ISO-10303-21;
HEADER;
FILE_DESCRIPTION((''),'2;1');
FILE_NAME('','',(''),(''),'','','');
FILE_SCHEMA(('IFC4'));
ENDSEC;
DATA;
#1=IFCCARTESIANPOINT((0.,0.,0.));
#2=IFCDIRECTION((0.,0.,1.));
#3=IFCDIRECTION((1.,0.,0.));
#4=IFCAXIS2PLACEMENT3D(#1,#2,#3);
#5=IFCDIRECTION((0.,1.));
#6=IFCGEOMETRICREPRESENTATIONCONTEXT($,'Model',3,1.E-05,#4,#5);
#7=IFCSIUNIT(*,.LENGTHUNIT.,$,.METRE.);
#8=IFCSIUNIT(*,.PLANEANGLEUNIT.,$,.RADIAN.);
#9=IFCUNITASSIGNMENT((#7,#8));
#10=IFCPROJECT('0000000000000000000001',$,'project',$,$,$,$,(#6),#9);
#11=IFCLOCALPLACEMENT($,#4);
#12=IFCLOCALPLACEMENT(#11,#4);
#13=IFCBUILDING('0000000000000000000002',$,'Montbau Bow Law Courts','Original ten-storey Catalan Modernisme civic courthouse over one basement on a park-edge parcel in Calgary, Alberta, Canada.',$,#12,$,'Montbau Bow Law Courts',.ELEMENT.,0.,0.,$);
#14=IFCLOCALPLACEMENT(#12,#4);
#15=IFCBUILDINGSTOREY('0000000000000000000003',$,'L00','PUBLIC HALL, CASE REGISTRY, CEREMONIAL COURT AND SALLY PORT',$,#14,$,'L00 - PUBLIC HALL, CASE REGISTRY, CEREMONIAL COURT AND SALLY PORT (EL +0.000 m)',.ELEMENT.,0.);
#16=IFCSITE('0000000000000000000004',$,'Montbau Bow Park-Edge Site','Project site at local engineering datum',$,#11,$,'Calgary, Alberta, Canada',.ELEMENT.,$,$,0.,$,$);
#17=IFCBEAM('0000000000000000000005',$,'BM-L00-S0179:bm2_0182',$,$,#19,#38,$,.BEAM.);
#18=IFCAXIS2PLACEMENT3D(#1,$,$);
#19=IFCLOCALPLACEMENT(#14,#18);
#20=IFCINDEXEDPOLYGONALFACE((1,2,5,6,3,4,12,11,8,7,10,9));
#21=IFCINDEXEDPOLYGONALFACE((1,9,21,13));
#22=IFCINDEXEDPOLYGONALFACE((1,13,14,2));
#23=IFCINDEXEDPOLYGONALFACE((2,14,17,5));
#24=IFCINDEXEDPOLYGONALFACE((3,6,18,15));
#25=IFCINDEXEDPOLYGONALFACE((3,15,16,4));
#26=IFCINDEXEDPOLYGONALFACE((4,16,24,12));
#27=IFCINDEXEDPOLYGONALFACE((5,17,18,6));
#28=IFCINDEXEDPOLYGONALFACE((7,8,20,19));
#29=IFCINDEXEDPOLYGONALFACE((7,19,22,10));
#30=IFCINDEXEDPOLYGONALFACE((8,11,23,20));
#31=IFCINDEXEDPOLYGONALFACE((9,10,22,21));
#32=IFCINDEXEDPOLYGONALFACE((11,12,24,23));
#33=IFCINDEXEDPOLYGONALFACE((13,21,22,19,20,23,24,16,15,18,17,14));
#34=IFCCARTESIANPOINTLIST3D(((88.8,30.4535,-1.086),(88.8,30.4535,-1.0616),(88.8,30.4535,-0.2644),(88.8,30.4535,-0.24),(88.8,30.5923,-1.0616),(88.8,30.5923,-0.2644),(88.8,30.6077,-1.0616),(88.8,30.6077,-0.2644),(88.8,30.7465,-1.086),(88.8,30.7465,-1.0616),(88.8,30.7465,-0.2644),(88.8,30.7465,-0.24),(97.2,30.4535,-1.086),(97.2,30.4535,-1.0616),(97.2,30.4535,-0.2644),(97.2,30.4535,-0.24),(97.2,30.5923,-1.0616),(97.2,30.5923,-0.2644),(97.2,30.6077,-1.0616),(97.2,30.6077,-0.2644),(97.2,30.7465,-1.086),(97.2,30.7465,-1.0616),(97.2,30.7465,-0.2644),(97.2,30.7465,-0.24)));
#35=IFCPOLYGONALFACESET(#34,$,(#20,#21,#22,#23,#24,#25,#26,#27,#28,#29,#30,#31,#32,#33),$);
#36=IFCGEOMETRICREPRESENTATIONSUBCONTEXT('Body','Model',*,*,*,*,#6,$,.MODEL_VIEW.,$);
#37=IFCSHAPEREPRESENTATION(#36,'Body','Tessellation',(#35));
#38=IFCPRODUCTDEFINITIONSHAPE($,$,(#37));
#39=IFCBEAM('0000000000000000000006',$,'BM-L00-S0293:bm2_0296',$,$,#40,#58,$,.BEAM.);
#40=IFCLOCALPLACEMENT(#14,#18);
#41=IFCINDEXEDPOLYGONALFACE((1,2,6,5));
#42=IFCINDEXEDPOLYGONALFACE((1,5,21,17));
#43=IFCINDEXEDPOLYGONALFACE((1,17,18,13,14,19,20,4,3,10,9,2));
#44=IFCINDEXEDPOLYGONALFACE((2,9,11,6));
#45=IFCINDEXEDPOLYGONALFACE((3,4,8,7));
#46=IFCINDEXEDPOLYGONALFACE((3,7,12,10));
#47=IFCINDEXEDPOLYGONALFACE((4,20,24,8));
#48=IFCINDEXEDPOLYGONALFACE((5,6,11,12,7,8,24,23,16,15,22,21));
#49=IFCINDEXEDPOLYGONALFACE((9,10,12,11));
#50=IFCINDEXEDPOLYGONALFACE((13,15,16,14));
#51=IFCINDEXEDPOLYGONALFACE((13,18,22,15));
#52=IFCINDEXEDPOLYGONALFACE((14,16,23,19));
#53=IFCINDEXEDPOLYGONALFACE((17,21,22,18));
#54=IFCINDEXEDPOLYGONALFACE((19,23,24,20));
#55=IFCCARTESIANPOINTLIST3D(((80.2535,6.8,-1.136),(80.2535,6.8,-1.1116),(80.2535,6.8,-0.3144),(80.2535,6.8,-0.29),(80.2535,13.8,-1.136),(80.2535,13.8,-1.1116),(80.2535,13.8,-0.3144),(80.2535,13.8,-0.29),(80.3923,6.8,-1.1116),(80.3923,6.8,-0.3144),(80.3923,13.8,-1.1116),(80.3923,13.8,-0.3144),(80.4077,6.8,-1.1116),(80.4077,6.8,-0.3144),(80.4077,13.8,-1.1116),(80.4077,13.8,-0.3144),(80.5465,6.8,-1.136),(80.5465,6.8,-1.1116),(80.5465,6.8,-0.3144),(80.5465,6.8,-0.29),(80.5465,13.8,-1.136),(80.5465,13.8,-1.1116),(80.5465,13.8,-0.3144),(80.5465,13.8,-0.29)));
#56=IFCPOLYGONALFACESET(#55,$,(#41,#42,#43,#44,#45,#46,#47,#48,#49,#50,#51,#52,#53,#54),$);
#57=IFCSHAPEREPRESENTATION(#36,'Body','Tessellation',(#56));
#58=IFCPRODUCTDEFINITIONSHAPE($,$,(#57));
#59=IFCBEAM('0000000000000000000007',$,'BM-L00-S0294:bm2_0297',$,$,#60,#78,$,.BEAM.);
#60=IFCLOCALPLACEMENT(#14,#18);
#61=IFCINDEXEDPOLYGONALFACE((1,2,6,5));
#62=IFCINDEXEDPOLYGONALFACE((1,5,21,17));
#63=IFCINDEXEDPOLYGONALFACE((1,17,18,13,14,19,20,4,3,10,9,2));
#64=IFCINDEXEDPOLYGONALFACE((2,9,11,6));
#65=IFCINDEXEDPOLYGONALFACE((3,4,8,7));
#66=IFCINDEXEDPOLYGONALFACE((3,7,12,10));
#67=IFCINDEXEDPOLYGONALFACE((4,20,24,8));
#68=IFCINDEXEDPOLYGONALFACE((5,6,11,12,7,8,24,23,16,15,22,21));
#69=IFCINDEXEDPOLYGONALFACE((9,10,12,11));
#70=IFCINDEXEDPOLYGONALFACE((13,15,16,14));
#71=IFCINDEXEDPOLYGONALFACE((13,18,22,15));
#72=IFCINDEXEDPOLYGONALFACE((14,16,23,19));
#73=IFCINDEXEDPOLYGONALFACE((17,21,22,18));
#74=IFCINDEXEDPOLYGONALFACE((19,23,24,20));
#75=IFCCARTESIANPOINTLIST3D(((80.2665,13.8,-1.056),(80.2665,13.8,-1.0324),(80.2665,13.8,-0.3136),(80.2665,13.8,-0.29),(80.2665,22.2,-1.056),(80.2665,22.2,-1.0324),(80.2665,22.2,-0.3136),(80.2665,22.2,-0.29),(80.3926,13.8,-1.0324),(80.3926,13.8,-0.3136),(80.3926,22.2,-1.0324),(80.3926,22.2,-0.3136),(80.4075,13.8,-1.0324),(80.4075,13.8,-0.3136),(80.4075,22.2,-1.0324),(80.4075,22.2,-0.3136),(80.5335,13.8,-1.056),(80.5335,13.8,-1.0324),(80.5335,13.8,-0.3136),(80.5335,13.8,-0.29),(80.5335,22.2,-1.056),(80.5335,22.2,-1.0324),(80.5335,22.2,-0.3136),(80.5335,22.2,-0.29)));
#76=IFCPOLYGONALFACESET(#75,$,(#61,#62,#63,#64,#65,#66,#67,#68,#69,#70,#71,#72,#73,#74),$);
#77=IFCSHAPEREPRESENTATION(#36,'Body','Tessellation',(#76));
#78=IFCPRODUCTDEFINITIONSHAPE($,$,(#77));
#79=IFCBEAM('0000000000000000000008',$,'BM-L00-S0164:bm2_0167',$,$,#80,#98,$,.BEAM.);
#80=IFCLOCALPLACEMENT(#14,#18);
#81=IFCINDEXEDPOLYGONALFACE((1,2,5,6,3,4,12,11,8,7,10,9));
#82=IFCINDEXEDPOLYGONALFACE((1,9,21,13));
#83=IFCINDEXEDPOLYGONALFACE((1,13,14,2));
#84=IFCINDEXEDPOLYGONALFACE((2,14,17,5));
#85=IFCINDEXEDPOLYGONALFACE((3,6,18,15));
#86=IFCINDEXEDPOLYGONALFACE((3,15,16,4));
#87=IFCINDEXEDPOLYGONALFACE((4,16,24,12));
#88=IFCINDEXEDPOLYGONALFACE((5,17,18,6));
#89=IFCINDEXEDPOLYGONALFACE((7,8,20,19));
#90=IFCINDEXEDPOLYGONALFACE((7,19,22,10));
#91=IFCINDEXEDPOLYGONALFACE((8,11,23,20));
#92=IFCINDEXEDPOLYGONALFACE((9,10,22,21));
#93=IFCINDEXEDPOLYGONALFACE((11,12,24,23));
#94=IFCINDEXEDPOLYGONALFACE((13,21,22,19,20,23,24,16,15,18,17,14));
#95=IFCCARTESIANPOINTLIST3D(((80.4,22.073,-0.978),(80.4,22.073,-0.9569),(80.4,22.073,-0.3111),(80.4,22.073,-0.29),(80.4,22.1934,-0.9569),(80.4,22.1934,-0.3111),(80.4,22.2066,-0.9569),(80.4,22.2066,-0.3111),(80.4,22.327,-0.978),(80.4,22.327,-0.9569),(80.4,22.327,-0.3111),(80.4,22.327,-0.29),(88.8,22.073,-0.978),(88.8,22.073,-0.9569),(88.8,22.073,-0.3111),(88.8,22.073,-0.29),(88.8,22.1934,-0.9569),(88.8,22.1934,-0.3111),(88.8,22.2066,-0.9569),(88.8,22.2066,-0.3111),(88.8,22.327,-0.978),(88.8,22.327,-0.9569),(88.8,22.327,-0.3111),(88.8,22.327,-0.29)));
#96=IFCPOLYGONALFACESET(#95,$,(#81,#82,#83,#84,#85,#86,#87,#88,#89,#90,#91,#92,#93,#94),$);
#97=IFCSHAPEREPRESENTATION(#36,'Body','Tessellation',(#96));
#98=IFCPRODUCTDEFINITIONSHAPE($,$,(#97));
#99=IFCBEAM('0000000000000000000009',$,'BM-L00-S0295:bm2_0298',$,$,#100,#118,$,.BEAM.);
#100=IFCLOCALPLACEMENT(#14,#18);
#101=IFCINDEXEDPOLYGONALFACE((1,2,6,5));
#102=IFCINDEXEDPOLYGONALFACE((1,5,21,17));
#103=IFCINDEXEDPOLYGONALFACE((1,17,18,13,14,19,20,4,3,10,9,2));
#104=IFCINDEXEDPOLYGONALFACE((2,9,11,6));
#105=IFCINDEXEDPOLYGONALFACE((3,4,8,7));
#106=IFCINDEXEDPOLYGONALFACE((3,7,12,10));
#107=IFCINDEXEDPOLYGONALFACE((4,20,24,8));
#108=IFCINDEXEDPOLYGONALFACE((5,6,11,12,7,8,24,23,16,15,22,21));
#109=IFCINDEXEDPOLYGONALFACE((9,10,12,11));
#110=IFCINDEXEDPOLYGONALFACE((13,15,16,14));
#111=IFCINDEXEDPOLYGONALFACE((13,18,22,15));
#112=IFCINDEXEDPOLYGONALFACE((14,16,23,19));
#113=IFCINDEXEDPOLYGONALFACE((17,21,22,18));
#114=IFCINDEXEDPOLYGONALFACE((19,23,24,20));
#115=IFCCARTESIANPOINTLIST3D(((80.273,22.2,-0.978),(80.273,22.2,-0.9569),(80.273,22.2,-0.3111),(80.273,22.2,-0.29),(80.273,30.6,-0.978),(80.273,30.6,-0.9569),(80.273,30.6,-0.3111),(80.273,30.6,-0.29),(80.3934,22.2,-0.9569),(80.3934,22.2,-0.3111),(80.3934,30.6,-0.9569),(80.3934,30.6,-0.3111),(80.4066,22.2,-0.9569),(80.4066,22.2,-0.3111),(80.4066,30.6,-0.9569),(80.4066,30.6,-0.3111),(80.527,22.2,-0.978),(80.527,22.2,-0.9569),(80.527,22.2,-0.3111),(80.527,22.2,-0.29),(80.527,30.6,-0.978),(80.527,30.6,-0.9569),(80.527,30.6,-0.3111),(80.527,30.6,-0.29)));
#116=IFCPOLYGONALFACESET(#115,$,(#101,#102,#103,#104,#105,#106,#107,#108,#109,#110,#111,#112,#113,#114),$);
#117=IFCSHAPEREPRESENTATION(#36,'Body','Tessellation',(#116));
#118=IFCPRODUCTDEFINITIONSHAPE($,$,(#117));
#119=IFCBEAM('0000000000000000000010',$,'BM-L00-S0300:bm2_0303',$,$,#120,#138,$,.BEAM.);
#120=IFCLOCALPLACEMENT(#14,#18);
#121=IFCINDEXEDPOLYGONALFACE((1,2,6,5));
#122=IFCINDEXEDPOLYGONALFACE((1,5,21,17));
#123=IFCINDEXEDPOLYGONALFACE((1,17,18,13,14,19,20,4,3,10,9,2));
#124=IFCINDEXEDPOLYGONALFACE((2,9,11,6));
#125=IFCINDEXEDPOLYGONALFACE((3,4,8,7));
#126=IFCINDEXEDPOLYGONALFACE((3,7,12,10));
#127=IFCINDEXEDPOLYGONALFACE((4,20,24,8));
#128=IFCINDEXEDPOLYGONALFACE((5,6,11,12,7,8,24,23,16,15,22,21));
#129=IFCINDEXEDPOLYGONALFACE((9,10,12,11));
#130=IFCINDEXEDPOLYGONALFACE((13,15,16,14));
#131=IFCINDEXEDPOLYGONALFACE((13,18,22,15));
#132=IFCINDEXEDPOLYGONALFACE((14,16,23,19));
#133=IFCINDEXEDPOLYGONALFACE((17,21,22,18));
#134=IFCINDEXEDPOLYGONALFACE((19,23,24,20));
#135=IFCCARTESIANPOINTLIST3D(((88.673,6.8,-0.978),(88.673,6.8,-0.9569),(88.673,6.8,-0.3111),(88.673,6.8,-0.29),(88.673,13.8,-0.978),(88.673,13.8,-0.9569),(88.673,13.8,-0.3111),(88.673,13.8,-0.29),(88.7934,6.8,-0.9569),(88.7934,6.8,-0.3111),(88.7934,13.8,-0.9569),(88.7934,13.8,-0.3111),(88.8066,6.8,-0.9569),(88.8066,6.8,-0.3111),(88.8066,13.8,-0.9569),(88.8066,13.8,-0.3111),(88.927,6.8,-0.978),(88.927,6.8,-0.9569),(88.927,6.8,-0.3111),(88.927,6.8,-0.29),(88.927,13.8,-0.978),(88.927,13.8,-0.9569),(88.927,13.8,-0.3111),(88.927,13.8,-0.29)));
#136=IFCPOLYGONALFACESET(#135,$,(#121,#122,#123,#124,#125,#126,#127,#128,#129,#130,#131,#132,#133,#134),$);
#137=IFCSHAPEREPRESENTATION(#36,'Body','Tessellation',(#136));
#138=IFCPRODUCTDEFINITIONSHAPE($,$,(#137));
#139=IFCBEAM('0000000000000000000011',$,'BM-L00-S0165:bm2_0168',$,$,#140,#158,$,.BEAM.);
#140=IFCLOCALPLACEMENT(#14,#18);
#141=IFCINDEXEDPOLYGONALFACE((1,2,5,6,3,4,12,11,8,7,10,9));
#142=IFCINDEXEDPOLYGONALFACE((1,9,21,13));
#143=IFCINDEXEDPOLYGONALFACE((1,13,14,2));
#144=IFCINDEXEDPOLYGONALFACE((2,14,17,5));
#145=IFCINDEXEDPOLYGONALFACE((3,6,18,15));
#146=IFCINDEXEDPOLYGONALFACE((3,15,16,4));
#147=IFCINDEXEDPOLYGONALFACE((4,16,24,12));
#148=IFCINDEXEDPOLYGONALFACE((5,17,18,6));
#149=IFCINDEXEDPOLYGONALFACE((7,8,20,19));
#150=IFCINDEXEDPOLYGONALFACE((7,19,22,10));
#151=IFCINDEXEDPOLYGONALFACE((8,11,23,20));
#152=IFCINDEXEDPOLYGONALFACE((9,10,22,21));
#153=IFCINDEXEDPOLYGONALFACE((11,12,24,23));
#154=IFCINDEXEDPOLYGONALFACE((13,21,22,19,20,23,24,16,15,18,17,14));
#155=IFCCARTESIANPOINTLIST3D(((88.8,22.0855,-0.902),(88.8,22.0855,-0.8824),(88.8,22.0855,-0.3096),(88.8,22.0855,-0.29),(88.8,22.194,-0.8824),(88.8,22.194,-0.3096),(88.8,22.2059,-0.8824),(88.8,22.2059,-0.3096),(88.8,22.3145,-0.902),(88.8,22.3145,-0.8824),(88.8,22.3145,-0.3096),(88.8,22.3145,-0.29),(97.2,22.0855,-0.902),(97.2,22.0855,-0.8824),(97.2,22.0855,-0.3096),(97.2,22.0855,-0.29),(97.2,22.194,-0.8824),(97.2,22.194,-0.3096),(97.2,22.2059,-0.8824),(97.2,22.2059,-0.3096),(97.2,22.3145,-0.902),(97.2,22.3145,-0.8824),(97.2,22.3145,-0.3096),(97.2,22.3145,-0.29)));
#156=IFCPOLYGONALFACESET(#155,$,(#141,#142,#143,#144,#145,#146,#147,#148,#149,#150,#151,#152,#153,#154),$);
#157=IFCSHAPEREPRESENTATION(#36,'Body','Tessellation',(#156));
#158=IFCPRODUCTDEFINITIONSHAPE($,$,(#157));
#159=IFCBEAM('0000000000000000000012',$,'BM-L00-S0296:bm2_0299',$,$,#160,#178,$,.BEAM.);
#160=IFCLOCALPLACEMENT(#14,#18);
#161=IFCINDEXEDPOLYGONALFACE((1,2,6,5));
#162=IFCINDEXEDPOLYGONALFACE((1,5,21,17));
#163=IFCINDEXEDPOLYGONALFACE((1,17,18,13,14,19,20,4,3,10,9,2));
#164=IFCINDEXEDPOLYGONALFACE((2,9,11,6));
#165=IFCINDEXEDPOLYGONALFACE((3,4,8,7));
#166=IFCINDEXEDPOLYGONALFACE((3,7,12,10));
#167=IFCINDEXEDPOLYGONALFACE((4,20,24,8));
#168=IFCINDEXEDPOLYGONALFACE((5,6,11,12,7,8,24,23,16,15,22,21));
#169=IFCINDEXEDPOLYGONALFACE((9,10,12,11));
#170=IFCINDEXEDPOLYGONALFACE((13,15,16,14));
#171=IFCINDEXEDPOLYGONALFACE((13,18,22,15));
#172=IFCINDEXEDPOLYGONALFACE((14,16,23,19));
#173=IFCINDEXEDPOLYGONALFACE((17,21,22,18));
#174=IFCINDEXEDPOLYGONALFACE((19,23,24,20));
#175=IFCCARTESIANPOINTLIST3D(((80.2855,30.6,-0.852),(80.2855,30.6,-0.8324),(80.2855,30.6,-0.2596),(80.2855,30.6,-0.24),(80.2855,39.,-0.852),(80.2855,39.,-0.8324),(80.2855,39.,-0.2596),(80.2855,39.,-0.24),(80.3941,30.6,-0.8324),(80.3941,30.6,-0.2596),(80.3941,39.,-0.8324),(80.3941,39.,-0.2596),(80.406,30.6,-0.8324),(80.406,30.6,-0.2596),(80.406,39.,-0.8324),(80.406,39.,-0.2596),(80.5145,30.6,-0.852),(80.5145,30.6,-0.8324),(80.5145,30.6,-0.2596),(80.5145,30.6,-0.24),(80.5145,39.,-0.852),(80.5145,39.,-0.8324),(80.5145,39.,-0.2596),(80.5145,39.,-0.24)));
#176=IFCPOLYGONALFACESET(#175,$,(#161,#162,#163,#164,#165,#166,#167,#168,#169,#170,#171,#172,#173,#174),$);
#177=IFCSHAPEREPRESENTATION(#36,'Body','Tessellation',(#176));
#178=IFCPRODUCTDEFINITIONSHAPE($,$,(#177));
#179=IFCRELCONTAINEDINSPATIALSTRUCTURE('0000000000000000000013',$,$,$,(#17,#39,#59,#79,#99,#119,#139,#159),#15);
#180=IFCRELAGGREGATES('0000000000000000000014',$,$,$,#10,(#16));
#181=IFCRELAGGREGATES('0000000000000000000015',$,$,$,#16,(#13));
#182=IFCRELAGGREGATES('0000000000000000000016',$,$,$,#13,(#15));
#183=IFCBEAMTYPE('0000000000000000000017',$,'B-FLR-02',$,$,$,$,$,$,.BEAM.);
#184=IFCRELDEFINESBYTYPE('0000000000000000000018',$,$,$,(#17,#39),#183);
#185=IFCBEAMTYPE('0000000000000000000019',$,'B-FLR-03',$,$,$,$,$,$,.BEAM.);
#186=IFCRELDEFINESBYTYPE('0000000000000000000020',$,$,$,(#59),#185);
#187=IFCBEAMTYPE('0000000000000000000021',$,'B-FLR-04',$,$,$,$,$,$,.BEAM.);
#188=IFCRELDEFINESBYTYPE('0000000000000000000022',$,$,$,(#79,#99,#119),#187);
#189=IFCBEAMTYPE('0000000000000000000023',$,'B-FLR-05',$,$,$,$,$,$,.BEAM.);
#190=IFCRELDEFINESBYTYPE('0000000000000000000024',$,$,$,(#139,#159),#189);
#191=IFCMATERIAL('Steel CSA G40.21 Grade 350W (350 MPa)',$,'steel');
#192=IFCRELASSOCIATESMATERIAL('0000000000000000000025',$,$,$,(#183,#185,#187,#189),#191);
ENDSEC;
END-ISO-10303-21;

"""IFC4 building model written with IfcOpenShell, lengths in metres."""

from ifc_helpers import new_model, si_unit, direction, frame, origin_with_axes, origin_2d_with_axis, place, context, subcontext, project, spatial, i_section, extrude, material, material_profile, profile_set, type_object, element, save


model = new_model("IFC4")

# Units and contexts
model_context = context("Model", 3, precision=1e-05, world=origin_with_axes(), true_north=direction((0.0, 1.0)))
body_context = subcontext(model_context, "Body", "Model", "MODEL_VIEW")
ifc_project = project(units=[si_unit("LENGTHUNIT", "METRE"), si_unit("PLANEANGLEUNIT", "RADIAN")], contexts=[model_context])

# Site, building, storey
site_placement = place(None, origin_with_axes())
site = spatial("IfcSite", under=ifc_project, at=site_placement, Name="Montbau Bow Park-Edge Site", Description="Project site at local engineering datum", LongName="Calgary, Alberta, Canada", CompositionType="ELEMENT", RefElevation=0.0)
building_placement = place(site_placement, origin_with_axes())
building = spatial("IfcBuilding", under=site, at=building_placement, Name="Montbau Bow Law Courts", Description="Original ten-storey Catalan Modernisme civic courthouse over one basement on a park-edge parcel in Calgary, Alberta, Canada.", LongName="Montbau Bow Law Courts", CompositionType="ELEMENT", ElevationOfRefHeight=0.0, ElevationOfTerrain=0.0)
storey_placement = place(building_placement, origin_with_axes())
storey = spatial("IfcBuildingStorey", under=building, at=storey_placement, Name="L00", Description="PUBLIC HALL, CASE REGISTRY, CEREMONIAL COURT AND SALLY PORT", LongName="L00 - PUBLIC HALL, CASE REGISTRY, CEREMONIAL COURT AND SALLY PORT (EL +0.000 m)", CompositionType="ELEMENT", Elevation=0.0)

# Beams
ifc_material_1 = material(Name="Steel CSA G40.21 Grade 350W (350 MPa)", Category="steel")
ifc_material_profile_1 = material_profile(ifc_material_1, i_section(OverallWidth=0.293, OverallDepth=0.846, WebThickness=0.0154, FlangeThickness=0.0244, at=origin_2d_with_axis()), Name="W840X210", Category="Main", Priority=0)
ifc_profile_set_1 = profile_set([ifc_material_profile_1], Name="Steel CSA G40.21 Grade 350W (350 MPa)")
beam_type_1 = type_object("IfcBeamType", Name="B-FLR-02", PredefinedType="BEAM", material=ifc_profile_set_1)
for number, where, z_axis, x_axis, name in (
    (1, (88.8, 30.6, -0.663), (1.0, 0.0, 0.0), (0.0, 1.0, 0.0), "BM-L00-S0179:bm2_0182"),
):
    element("IfcBeam", number, at=place(None, frame(where, z_axis=z_axis, x_axis=x_axis)), inside=storey, type_object=beam_type_1, Name=name, PredefinedType="BEAM", context=body_context, shape_type="SweptSolid", body=[
        extrude(i_section(OverallWidth=0.293, OverallDepth=0.846, WebThickness=0.0154, FlangeThickness=0.0244, at=origin_2d_with_axis()), origin_with_axes(), (0.0, 0.0, 1.0), 8.4),
    ])
beam_1_placement = place(None, frame((80.4, 6.8, -0.713), z_axis=(0.0, 1.0, 0.0), x_axis=(-1.0, 0.0, 0.0)))
element("IfcBeam", 2, at=beam_1_placement, inside=storey, type_object=beam_type_1, Name="BM-L00-S0293:bm2_0296", PredefinedType="BEAM", context=body_context, shape_type="SweptSolid", body=[
    extrude(i_section(OverallWidth=0.293, OverallDepth=0.846, WebThickness=0.0154, FlangeThickness=0.0244, at=origin_2d_with_axis()), origin_with_axes(), (0.0, 0.0, 1.0), 7.0),
])
ifc_material_profile_2 = material_profile(ifc_material_1, i_section(OverallWidth=0.267, OverallDepth=0.766, WebThickness=0.0149, FlangeThickness=0.0236, at=origin_2d_with_axis()), Name="W760X185", Category="Main", Priority=0)
ifc_profile_set_2 = profile_set([ifc_material_profile_2], Name="Steel CSA G40.21 Grade 350W (350 MPa)")
beam_type_2 = type_object("IfcBeamType", Name="B-FLR-03", PredefinedType="BEAM", material=ifc_profile_set_2)
beam_2_placement = place(None, frame((80.4, 13.8, -0.673), z_axis=(0.0, 1.0, 0.0), x_axis=(-1.0, 0.0, 0.0)))
element("IfcBeam", 3, at=beam_2_placement, inside=storey, type_object=beam_type_2, Name="BM-L00-S0294:bm2_0297", PredefinedType="BEAM", context=body_context, shape_type="SweptSolid", body=[
    extrude(i_section(OverallWidth=0.267, OverallDepth=0.766, WebThickness=0.0149, FlangeThickness=0.0236, at=origin_2d_with_axis()), origin_with_axes(), (0.0, 0.0, 1.0), 8.4),
])
ifc_material_profile_3 = material_profile(ifc_material_1, i_section(OverallWidth=0.254, OverallDepth=0.688, WebThickness=0.0131, FlangeThickness=0.0211, at=origin_2d_with_axis()), Name="W690X152", Category="Main", Priority=0)
ifc_profile_set_3 = profile_set([ifc_material_profile_3], Name="Steel CSA G40.21 Grade 350W (350 MPa)")
beam_type_3 = type_object("IfcBeamType", Name="B-FLR-04", PredefinedType="BEAM", material=ifc_profile_set_3)
for number, where, z_axis, x_axis, name in (
    (4, (80.4, 22.2, -0.634), (1.0, 0.0, 0.0), (0.0, 1.0, 0.0), "BM-L00-S0164:bm2_0167"),
    (5, (80.4, 22.2, -0.634), (0.0, 1.0, 0.0), (-1.0, 0.0, 0.0), "BM-L00-S0295:bm2_0298"),
):
    element("IfcBeam", number, at=place(None, frame(where, z_axis=z_axis, x_axis=x_axis)), inside=storey, type_object=beam_type_3, Name=name, PredefinedType="BEAM", context=body_context, shape_type="SweptSolid", body=[
        extrude(i_section(OverallWidth=0.254, OverallDepth=0.688, WebThickness=0.0131, FlangeThickness=0.0211, at=origin_2d_with_axis()), origin_with_axes(), (0.0, 0.0, 1.0), 8.4),
    ])
beam_3_placement = place(None, frame((88.8, 6.8, -0.634), z_axis=(0.0, 1.0, 0.0), x_axis=(-1.0, 0.0, 0.0)))
element("IfcBeam", 6, at=beam_3_placement, inside=storey, type_object=beam_type_3, Name="BM-L00-S0300:bm2_0303", PredefinedType="BEAM", context=body_context, shape_type="SweptSolid", body=[
    extrude(i_section(OverallWidth=0.254, OverallDepth=0.688, WebThickness=0.0131, FlangeThickness=0.0211, at=origin_2d_with_axis()), origin_with_axes(), (0.0, 0.0, 1.0), 7.0),
])
ifc_material_profile_4 = material_profile(ifc_material_1, i_section(OverallWidth=0.229, OverallDepth=0.612, WebThickness=0.0119, FlangeThickness=0.0196, at=origin_2d_with_axis()), Name="W610X125", Category="Main", Priority=0)
ifc_profile_set_4 = profile_set([ifc_material_profile_4], Name="Steel CSA G40.21 Grade 350W (350 MPa)")
beam_type_4 = type_object("IfcBeamType", Name="B-FLR-05", PredefinedType="BEAM", material=ifc_profile_set_4)
for number, where, z_axis, x_axis, name in (
    (7, (88.8, 22.2, -0.596), (1.0, 0.0, 0.0), (0.0, 1.0, 0.0), "BM-L00-S0165:bm2_0168"),
    (8, (80.4, 30.6, -0.546), (0.0, 1.0, 0.0), (-1.0, 0.0, 0.0), "BM-L00-S0296:bm2_0299"),
):
    element("IfcBeam", number, at=place(None, frame(where, z_axis=z_axis, x_axis=x_axis)), inside=storey, type_object=beam_type_4, Name=name, PredefinedType="BEAM", context=body_context, shape_type="SweptSolid", body=[
        extrude(i_section(OverallWidth=0.229, OverallDepth=0.612, WebThickness=0.0119, FlangeThickness=0.0196, at=origin_2d_with_axis()), origin_with_axes(), (0.0, 0.0, 1.0), 8.4),
    ])

save(model, "model.ifc")
